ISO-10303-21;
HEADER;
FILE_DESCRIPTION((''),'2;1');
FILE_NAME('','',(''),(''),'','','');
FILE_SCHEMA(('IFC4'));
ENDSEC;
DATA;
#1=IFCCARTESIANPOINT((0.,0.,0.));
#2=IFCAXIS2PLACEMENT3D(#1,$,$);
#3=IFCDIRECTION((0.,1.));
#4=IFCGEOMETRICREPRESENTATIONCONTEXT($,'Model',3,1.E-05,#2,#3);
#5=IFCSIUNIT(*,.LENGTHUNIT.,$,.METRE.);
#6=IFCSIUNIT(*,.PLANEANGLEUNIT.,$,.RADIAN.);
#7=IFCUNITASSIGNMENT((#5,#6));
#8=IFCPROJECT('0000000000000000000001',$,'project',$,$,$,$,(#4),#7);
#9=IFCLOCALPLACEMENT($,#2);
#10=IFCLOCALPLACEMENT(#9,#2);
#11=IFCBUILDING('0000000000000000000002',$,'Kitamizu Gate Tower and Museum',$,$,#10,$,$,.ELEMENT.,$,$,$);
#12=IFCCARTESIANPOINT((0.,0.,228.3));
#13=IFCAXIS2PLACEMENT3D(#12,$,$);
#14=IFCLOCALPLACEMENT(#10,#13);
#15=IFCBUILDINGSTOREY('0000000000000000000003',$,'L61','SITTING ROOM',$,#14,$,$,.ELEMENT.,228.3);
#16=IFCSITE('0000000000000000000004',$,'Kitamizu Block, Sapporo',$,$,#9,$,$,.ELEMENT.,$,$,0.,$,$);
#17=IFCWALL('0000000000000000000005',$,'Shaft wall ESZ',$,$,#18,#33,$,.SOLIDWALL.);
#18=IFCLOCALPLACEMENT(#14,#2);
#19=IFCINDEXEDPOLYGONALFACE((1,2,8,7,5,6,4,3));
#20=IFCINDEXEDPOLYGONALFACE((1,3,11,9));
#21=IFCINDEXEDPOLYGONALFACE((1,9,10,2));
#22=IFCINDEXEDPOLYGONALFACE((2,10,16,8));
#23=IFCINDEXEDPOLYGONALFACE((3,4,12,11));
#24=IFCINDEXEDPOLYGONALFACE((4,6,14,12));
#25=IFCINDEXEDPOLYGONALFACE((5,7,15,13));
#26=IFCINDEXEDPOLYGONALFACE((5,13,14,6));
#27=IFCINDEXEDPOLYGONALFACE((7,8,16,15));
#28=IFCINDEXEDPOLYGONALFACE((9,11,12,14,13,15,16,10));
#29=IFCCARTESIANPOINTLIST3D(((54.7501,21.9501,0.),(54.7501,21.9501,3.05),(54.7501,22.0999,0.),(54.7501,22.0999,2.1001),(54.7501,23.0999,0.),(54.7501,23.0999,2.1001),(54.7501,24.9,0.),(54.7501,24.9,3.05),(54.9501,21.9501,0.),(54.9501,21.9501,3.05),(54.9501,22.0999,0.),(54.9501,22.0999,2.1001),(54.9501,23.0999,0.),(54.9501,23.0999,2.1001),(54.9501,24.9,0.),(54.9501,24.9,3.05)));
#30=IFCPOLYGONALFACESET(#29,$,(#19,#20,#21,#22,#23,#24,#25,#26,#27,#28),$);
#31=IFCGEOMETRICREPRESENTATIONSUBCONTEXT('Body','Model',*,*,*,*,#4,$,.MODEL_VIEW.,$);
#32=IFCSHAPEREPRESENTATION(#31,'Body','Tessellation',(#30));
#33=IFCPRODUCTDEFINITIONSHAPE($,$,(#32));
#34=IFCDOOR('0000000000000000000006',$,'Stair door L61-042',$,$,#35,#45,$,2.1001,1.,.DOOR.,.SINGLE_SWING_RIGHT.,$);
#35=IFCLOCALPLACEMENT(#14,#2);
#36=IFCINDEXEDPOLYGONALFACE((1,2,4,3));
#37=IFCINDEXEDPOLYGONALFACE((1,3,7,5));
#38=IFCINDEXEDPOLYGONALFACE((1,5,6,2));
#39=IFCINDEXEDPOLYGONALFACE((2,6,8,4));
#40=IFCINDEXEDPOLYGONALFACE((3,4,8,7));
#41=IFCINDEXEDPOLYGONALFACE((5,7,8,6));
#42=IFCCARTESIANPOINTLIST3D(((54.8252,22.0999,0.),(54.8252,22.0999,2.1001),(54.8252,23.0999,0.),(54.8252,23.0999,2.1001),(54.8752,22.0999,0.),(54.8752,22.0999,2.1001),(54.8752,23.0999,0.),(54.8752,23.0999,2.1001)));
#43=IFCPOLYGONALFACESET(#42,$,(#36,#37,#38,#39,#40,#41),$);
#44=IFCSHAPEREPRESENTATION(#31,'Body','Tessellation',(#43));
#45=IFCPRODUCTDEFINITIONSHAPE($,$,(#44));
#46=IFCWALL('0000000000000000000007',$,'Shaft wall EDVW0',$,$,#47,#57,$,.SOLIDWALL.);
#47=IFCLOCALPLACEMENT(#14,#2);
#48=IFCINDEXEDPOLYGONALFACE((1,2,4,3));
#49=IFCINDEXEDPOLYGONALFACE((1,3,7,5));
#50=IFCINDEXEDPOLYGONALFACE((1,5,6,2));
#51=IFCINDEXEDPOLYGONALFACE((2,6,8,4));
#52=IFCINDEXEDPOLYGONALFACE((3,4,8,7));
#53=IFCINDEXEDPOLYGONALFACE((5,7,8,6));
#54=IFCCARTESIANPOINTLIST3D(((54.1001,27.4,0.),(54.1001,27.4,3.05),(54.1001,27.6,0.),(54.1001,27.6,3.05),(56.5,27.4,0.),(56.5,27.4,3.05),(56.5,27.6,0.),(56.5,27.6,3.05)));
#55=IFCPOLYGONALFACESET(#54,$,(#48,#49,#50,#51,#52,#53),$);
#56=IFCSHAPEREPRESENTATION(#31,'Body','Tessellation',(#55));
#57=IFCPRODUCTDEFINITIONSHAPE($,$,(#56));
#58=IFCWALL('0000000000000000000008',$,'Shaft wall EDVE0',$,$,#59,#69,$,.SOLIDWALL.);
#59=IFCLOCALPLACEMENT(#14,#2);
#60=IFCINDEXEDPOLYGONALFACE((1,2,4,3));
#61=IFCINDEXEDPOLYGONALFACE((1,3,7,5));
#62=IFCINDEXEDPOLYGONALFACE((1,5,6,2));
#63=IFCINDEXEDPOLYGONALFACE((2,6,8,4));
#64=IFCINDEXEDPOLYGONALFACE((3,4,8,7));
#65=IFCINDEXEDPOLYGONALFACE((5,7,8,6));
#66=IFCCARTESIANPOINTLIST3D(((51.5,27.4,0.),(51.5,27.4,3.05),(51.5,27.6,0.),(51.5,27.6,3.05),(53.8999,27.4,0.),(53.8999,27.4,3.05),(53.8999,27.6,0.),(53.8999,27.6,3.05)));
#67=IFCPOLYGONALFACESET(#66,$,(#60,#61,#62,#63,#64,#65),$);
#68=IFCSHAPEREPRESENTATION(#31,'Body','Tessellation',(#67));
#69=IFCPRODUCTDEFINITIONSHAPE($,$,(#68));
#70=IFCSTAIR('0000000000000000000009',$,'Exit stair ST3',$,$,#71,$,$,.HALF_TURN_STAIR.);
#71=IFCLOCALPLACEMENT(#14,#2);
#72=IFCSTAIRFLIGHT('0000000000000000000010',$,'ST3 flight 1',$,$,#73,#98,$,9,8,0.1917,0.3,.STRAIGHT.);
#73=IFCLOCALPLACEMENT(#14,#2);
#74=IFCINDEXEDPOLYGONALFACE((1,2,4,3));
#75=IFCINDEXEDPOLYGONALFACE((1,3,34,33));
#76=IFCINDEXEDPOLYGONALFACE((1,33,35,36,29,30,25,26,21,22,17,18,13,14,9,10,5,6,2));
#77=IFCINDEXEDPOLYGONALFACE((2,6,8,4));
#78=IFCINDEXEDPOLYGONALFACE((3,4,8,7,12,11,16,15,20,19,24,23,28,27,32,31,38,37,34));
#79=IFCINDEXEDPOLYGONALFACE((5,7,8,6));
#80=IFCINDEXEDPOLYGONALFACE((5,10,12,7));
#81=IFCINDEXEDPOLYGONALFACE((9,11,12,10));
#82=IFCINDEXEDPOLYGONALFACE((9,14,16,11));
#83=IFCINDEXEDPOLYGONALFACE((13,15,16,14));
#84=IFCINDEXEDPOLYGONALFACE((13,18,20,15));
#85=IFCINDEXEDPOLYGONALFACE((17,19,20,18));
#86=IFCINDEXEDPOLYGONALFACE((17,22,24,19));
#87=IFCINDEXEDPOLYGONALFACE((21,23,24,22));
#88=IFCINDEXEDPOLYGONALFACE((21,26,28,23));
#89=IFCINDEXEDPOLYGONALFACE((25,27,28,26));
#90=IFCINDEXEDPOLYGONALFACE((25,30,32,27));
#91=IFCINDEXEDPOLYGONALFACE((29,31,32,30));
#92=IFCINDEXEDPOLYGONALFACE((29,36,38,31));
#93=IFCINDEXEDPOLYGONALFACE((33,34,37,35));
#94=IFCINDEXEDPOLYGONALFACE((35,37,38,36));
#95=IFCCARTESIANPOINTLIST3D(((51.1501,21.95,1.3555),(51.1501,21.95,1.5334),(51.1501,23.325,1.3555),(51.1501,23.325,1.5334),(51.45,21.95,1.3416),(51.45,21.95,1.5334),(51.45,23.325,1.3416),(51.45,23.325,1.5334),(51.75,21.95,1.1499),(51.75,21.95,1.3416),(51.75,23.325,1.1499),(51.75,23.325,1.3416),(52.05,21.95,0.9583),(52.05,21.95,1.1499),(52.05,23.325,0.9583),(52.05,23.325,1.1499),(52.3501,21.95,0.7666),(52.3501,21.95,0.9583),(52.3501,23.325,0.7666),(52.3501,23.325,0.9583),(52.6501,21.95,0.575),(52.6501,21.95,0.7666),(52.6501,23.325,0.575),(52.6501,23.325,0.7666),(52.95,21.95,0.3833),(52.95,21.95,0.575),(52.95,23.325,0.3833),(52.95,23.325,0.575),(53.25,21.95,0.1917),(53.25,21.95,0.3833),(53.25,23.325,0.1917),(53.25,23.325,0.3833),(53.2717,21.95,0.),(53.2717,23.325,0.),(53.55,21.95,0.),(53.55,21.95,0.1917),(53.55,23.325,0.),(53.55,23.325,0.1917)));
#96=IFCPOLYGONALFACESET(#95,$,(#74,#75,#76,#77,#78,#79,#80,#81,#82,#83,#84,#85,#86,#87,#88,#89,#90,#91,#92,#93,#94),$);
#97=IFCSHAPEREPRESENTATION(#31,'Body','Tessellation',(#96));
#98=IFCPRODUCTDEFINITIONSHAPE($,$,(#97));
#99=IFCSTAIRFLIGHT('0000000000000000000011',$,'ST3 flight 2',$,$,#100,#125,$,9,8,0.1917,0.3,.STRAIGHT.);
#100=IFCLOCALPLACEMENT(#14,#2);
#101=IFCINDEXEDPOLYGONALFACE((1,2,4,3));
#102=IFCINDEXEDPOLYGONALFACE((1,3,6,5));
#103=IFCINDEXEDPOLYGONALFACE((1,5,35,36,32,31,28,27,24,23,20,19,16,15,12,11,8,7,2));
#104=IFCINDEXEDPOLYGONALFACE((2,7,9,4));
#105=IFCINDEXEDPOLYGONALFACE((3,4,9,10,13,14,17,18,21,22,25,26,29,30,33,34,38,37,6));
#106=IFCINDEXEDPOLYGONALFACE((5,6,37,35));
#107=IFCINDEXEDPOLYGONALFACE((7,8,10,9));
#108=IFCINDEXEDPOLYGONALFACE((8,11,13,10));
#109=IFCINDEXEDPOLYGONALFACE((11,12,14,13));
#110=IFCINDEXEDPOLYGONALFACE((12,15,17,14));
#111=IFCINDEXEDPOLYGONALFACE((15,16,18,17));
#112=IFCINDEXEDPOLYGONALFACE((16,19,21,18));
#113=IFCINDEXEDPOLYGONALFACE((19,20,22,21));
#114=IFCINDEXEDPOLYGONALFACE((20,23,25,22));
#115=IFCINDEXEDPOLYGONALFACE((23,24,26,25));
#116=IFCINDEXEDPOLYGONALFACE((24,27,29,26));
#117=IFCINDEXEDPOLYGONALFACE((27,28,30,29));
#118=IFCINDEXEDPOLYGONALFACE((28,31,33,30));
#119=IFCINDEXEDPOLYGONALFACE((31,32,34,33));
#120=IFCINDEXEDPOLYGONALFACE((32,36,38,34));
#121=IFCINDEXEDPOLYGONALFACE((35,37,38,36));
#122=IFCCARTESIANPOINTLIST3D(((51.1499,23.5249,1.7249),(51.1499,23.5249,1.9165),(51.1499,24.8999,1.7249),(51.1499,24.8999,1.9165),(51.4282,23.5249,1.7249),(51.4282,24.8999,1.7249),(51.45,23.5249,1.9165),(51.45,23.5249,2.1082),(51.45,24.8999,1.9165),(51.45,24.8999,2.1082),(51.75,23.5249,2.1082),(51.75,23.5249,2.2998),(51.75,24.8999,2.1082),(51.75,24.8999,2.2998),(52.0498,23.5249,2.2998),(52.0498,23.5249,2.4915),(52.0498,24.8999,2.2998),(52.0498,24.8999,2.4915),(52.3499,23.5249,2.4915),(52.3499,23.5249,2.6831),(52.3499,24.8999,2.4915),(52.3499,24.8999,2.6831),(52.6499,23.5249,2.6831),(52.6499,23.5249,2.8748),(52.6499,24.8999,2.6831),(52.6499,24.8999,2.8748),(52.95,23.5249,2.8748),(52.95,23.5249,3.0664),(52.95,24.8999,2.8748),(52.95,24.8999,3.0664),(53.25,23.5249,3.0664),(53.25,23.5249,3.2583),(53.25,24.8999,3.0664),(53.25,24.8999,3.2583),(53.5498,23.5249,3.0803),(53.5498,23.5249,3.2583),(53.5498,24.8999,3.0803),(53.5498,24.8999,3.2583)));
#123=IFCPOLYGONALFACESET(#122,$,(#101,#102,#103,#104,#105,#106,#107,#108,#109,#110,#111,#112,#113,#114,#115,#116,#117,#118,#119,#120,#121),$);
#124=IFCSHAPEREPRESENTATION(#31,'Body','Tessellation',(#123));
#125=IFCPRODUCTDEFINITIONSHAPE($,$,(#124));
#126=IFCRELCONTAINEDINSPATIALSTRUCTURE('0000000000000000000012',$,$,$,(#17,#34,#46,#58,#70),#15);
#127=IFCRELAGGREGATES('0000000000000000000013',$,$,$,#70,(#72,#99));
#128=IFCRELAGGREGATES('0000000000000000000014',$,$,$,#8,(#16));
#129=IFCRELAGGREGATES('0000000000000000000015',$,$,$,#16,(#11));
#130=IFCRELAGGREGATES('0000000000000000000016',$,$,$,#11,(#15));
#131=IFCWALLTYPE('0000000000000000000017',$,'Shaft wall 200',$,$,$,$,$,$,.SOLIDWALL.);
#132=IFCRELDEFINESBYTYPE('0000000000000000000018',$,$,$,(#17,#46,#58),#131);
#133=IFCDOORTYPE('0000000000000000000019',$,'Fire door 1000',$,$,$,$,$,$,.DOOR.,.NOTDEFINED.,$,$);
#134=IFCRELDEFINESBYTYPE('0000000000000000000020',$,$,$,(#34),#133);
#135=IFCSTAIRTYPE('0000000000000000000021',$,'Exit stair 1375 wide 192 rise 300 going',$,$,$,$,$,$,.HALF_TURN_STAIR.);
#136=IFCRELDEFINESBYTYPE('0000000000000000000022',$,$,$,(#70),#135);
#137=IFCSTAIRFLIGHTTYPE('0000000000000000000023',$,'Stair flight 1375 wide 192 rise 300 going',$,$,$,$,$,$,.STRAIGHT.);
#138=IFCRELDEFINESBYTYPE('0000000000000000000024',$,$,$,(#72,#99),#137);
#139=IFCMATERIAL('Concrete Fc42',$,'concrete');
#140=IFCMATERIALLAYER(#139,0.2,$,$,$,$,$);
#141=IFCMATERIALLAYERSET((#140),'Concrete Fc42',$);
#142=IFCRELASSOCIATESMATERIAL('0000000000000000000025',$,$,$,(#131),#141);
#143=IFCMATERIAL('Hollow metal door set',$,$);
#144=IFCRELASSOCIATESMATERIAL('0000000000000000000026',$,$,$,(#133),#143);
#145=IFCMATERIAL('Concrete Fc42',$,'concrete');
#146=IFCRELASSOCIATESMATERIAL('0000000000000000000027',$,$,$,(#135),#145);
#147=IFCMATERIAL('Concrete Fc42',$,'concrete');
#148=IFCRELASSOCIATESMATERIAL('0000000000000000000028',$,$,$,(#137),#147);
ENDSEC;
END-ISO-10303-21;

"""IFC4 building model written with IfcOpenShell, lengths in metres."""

from ifc_helpers import new_model, si_unit, direction, frame, frame_2d, origin, place, context, subcontext, project, spatial, polyline, rectangle, outline, extrude, material, layer, layer_set, type_object, element, fill, aggregate, save


model = new_model("IFC4")

# Units and contexts
model_context = context("Model", 3, precision=1e-05, world=origin(), true_north=direction((0.0, 1.0)))
body_context = subcontext(model_context, "Body", "Model", "MODEL_VIEW")
ifc_project = project(units=[si_unit("LENGTHUNIT", "METRE"), si_unit("PLANEANGLEUNIT", "RADIAN")], contexts=[model_context])

# Site, building, storey
site_placement = place(None, origin())
site = spatial("IfcSite", under=ifc_project, at=site_placement, Name="Kitamizu Block, Sapporo", CompositionType="ELEMENT", RefElevation=0.0)
building_placement = place(site_placement, origin())
building = spatial("IfcBuilding", under=site, at=building_placement, Name="Kitamizu Gate Tower and Museum", CompositionType="ELEMENT")
storey_placement = place(building_placement, frame((0.0, 0.0, 228.3)))
storey = spatial("IfcBuildingStorey", under=building, at=storey_placement, Name="L61", Description="SITTING ROOM", CompositionType="ELEMENT", Elevation=228.3)

# Shared definitions
ifc_material_1 = material(Name="Concrete Fc42", Category="concrete")
ifc_layer_1 = layer(ifc_material_1, 0.2)
ifc_layer_set_1 = layer_set([ifc_layer_1], Name="Concrete Fc42")
wall_type_1 = type_object("IfcWallType", Name="Shaft wall 200", PredefinedType="SOLIDWALL", material=ifc_layer_set_1)
ifc_material_2 = material(Name="Hollow metal door set")
door_type_1 = type_object("IfcDoorType", Name="Fire door 1000", OperationType="NOTDEFINED", PredefinedType="DOOR", material=ifc_material_2)

# Wall, opening, door
wall_1_placement = place(storey_placement, frame((54.8501, 21.95, 0.0), z_axis=(0.0, 0.0, 1.0), x_axis=(0.0, 1.0, 0.0)))
wall_1 = element("IfcWall", 1, at=wall_1_placement, inside=storey, type_object=wall_type_1, Name="Shaft wall ESZ", PredefinedType="SOLIDWALL", context=body_context, shape_type="SweptSolid", body=[
    extrude(rectangle(XDim=2.95, YDim=0.2, at=frame_2d((1.4751, 0.0))), origin(), (0.0, 0.0, 1.0), 3.05),
])
opening_1_placement = place(wall_1_placement, frame((0.1499, 0.0, 0.0)))
opening_1 = element("IfcOpeningElement", 2, at=opening_1_placement, cuts=wall_1, PredefinedType="OPENING", context=body_context, shape_type="SweptSolid", body=[
    extrude(rectangle(XDim=1.0, YDim=2.1001, at=frame_2d((0.5, 1.05))), frame((0.0, 0.1099, 0.0), z_axis=(0.0, -1.0, 0.0), x_axis=(1.0, 0.0, 0.0)), (0.0, 0.0, 1.0), 0.22),
])
door_1_placement = place(opening_1_placement, origin())
door_1 = element("IfcDoor", 3, at=door_1_placement, inside=storey, type_object=door_type_1, Name="Stair door L61-042", OperationType="SINGLE_SWING_RIGHT", OverallHeight=2.1001, OverallWidth=1.0, PredefinedType="DOOR", context=body_context, shape_type="SweptSolid", body=[
    extrude(rectangle(XDim=1.0, YDim=2.1001, at=frame_2d((0.5, 1.05))), frame((0.0, 0.0249, 0.0), z_axis=(0.0, -1.0, 0.0), x_axis=(1.0, 0.0, 0.0)), (0.0, 0.0, 1.0), 0.05),
])
fill(opening_1, door_1)

# Walls
for number, where, z_axis, x_axis, name in (
    (4, (56.5, 27.5, 0.0), (0.0, 0.0, 1.0), (-1.0, 0.0, 0.0), "Shaft wall EDVW0"),
    (5, (53.8999, 27.5, 0.0), (0.0, 0.0, 1.0), (-1.0, 0.0, 0.0), "Shaft wall EDVE0"),
):
    element("IfcWall", number, at=place(storey_placement, frame(where, z_axis=z_axis, x_axis=x_axis)), inside=storey, type_object=wall_type_1, Name=name, PredefinedType="SOLIDWALL", context=body_context, shape_type="SweptSolid", body=[
        extrude(rectangle(XDim=2.3999, YDim=0.2, at=frame_2d((1.2, 0.0))), origin(), (0.0, 0.0, 1.0), 3.05),
    ])

# Stair, stair flights
ifc_material_3 = material(Name="Concrete Fc42", Category="concrete")
stair_type = type_object("IfcStairType", Name="Exit stair 1375 wide 192 rise 300 going", PredefinedType="HALF_TURN_STAIR", material=ifc_material_3)
stair_placement = place(storey_placement, origin())
stair = element("IfcStair", 6, at=stair_placement, inside=storey, type_object=stair_type, Name="Exit stair ST3", PredefinedType="HALF_TURN_STAIR")
ifc_material_4 = material(Name="Concrete Fc42", Category="concrete")
stair_flight_type = type_object("IfcStairFlightType", Name="Stair flight 1375 wide 192 rise 300 going", PredefinedType="STRAIGHT", material=ifc_material_4)
stair_flight_1_placement = place(storey_placement, frame((53.55, 22.6375, 0.0), z_axis=(0.0, 0.0, 1.0), x_axis=(-1.0, 0.0, 0.0)))
stair_flight_1 = element("IfcStairFlight", 7, at=stair_flight_1_placement, type_object=stair_flight_type, Name="ST3 flight 1", NumberOfRisers=9, NumberOfTreads=8, PredefinedType="STRAIGHT", RiserHeight=0.1917, TreadLength=0.3, context=body_context, shape_type="SweptSolid", body=[
    extrude(outline(polyline([(0.0, 0.0), (0.0, 0.1917), (0.3, 0.1917), (0.3, 0.3833), (0.6001, 0.3833), (0.6001, 0.575), (0.8999, 0.575), (0.8999, 0.7666), (1.2, 0.7666), (1.2, 0.9583), (1.5, 0.9583), (1.5, 1.1499), (1.8, 1.1499), (1.8, 1.3416), (2.1001, 1.3416), (2.1001, 1.5334), (2.3999, 1.5334), (2.3999, 1.7251), (2.3999, 1.3555), (0.2783, 0.0), (0.0, 0.0)])), frame((0.0, 0.6875, 0.0), z_axis=(0.0, -1.0, 0.0), x_axis=(1.0, 0.0, 0.0)), (0.0, 0.0, 1.0), 1.375),
])
stair_flight_2_placement = place(storey_placement, frame((51.1499, 24.2124, 1.7249), z_axis=(0.0, 0.0, 1.0), x_axis=(1.0, 0.0, 0.0)))
stair_flight_2 = element("IfcStairFlight", 8, at=stair_flight_2_placement, type_object=stair_flight_type, Name="ST3 flight 2", NumberOfRisers=9, NumberOfTreads=8, PredefinedType="STRAIGHT", RiserHeight=0.1917, TreadLength=0.3, context=body_context, shape_type="SweptSolid", body=[
    extrude(outline(polyline([(0.0, 0.0), (0.0, 0.1917), (0.3, 0.1917), (0.3, 0.3833), (0.6001, 0.3833), (0.6001, 0.575), (0.8999, 0.575), (0.8999, 0.7666), (1.2, 0.7666), (1.2, 0.9583), (1.5, 0.9583), (1.5, 1.1499), (1.8, 1.1499), (1.8, 1.3416), (2.1001, 1.3416), (2.1001, 1.5334), (2.3999, 1.5334), (2.3999, 1.7251), (2.3999, 1.3555), (0.2783, 0.0), (0.0, 0.0)])), frame((0.0, 0.6875, 0.0), z_axis=(0.0, -1.0, 0.0), x_axis=(1.0, 0.0, 0.0)), (0.0, 0.0, 1.0), 1.375),
])
aggregate(stair, [stair_flight_1, stair_flight_2])

save(model, "model.ifc")
